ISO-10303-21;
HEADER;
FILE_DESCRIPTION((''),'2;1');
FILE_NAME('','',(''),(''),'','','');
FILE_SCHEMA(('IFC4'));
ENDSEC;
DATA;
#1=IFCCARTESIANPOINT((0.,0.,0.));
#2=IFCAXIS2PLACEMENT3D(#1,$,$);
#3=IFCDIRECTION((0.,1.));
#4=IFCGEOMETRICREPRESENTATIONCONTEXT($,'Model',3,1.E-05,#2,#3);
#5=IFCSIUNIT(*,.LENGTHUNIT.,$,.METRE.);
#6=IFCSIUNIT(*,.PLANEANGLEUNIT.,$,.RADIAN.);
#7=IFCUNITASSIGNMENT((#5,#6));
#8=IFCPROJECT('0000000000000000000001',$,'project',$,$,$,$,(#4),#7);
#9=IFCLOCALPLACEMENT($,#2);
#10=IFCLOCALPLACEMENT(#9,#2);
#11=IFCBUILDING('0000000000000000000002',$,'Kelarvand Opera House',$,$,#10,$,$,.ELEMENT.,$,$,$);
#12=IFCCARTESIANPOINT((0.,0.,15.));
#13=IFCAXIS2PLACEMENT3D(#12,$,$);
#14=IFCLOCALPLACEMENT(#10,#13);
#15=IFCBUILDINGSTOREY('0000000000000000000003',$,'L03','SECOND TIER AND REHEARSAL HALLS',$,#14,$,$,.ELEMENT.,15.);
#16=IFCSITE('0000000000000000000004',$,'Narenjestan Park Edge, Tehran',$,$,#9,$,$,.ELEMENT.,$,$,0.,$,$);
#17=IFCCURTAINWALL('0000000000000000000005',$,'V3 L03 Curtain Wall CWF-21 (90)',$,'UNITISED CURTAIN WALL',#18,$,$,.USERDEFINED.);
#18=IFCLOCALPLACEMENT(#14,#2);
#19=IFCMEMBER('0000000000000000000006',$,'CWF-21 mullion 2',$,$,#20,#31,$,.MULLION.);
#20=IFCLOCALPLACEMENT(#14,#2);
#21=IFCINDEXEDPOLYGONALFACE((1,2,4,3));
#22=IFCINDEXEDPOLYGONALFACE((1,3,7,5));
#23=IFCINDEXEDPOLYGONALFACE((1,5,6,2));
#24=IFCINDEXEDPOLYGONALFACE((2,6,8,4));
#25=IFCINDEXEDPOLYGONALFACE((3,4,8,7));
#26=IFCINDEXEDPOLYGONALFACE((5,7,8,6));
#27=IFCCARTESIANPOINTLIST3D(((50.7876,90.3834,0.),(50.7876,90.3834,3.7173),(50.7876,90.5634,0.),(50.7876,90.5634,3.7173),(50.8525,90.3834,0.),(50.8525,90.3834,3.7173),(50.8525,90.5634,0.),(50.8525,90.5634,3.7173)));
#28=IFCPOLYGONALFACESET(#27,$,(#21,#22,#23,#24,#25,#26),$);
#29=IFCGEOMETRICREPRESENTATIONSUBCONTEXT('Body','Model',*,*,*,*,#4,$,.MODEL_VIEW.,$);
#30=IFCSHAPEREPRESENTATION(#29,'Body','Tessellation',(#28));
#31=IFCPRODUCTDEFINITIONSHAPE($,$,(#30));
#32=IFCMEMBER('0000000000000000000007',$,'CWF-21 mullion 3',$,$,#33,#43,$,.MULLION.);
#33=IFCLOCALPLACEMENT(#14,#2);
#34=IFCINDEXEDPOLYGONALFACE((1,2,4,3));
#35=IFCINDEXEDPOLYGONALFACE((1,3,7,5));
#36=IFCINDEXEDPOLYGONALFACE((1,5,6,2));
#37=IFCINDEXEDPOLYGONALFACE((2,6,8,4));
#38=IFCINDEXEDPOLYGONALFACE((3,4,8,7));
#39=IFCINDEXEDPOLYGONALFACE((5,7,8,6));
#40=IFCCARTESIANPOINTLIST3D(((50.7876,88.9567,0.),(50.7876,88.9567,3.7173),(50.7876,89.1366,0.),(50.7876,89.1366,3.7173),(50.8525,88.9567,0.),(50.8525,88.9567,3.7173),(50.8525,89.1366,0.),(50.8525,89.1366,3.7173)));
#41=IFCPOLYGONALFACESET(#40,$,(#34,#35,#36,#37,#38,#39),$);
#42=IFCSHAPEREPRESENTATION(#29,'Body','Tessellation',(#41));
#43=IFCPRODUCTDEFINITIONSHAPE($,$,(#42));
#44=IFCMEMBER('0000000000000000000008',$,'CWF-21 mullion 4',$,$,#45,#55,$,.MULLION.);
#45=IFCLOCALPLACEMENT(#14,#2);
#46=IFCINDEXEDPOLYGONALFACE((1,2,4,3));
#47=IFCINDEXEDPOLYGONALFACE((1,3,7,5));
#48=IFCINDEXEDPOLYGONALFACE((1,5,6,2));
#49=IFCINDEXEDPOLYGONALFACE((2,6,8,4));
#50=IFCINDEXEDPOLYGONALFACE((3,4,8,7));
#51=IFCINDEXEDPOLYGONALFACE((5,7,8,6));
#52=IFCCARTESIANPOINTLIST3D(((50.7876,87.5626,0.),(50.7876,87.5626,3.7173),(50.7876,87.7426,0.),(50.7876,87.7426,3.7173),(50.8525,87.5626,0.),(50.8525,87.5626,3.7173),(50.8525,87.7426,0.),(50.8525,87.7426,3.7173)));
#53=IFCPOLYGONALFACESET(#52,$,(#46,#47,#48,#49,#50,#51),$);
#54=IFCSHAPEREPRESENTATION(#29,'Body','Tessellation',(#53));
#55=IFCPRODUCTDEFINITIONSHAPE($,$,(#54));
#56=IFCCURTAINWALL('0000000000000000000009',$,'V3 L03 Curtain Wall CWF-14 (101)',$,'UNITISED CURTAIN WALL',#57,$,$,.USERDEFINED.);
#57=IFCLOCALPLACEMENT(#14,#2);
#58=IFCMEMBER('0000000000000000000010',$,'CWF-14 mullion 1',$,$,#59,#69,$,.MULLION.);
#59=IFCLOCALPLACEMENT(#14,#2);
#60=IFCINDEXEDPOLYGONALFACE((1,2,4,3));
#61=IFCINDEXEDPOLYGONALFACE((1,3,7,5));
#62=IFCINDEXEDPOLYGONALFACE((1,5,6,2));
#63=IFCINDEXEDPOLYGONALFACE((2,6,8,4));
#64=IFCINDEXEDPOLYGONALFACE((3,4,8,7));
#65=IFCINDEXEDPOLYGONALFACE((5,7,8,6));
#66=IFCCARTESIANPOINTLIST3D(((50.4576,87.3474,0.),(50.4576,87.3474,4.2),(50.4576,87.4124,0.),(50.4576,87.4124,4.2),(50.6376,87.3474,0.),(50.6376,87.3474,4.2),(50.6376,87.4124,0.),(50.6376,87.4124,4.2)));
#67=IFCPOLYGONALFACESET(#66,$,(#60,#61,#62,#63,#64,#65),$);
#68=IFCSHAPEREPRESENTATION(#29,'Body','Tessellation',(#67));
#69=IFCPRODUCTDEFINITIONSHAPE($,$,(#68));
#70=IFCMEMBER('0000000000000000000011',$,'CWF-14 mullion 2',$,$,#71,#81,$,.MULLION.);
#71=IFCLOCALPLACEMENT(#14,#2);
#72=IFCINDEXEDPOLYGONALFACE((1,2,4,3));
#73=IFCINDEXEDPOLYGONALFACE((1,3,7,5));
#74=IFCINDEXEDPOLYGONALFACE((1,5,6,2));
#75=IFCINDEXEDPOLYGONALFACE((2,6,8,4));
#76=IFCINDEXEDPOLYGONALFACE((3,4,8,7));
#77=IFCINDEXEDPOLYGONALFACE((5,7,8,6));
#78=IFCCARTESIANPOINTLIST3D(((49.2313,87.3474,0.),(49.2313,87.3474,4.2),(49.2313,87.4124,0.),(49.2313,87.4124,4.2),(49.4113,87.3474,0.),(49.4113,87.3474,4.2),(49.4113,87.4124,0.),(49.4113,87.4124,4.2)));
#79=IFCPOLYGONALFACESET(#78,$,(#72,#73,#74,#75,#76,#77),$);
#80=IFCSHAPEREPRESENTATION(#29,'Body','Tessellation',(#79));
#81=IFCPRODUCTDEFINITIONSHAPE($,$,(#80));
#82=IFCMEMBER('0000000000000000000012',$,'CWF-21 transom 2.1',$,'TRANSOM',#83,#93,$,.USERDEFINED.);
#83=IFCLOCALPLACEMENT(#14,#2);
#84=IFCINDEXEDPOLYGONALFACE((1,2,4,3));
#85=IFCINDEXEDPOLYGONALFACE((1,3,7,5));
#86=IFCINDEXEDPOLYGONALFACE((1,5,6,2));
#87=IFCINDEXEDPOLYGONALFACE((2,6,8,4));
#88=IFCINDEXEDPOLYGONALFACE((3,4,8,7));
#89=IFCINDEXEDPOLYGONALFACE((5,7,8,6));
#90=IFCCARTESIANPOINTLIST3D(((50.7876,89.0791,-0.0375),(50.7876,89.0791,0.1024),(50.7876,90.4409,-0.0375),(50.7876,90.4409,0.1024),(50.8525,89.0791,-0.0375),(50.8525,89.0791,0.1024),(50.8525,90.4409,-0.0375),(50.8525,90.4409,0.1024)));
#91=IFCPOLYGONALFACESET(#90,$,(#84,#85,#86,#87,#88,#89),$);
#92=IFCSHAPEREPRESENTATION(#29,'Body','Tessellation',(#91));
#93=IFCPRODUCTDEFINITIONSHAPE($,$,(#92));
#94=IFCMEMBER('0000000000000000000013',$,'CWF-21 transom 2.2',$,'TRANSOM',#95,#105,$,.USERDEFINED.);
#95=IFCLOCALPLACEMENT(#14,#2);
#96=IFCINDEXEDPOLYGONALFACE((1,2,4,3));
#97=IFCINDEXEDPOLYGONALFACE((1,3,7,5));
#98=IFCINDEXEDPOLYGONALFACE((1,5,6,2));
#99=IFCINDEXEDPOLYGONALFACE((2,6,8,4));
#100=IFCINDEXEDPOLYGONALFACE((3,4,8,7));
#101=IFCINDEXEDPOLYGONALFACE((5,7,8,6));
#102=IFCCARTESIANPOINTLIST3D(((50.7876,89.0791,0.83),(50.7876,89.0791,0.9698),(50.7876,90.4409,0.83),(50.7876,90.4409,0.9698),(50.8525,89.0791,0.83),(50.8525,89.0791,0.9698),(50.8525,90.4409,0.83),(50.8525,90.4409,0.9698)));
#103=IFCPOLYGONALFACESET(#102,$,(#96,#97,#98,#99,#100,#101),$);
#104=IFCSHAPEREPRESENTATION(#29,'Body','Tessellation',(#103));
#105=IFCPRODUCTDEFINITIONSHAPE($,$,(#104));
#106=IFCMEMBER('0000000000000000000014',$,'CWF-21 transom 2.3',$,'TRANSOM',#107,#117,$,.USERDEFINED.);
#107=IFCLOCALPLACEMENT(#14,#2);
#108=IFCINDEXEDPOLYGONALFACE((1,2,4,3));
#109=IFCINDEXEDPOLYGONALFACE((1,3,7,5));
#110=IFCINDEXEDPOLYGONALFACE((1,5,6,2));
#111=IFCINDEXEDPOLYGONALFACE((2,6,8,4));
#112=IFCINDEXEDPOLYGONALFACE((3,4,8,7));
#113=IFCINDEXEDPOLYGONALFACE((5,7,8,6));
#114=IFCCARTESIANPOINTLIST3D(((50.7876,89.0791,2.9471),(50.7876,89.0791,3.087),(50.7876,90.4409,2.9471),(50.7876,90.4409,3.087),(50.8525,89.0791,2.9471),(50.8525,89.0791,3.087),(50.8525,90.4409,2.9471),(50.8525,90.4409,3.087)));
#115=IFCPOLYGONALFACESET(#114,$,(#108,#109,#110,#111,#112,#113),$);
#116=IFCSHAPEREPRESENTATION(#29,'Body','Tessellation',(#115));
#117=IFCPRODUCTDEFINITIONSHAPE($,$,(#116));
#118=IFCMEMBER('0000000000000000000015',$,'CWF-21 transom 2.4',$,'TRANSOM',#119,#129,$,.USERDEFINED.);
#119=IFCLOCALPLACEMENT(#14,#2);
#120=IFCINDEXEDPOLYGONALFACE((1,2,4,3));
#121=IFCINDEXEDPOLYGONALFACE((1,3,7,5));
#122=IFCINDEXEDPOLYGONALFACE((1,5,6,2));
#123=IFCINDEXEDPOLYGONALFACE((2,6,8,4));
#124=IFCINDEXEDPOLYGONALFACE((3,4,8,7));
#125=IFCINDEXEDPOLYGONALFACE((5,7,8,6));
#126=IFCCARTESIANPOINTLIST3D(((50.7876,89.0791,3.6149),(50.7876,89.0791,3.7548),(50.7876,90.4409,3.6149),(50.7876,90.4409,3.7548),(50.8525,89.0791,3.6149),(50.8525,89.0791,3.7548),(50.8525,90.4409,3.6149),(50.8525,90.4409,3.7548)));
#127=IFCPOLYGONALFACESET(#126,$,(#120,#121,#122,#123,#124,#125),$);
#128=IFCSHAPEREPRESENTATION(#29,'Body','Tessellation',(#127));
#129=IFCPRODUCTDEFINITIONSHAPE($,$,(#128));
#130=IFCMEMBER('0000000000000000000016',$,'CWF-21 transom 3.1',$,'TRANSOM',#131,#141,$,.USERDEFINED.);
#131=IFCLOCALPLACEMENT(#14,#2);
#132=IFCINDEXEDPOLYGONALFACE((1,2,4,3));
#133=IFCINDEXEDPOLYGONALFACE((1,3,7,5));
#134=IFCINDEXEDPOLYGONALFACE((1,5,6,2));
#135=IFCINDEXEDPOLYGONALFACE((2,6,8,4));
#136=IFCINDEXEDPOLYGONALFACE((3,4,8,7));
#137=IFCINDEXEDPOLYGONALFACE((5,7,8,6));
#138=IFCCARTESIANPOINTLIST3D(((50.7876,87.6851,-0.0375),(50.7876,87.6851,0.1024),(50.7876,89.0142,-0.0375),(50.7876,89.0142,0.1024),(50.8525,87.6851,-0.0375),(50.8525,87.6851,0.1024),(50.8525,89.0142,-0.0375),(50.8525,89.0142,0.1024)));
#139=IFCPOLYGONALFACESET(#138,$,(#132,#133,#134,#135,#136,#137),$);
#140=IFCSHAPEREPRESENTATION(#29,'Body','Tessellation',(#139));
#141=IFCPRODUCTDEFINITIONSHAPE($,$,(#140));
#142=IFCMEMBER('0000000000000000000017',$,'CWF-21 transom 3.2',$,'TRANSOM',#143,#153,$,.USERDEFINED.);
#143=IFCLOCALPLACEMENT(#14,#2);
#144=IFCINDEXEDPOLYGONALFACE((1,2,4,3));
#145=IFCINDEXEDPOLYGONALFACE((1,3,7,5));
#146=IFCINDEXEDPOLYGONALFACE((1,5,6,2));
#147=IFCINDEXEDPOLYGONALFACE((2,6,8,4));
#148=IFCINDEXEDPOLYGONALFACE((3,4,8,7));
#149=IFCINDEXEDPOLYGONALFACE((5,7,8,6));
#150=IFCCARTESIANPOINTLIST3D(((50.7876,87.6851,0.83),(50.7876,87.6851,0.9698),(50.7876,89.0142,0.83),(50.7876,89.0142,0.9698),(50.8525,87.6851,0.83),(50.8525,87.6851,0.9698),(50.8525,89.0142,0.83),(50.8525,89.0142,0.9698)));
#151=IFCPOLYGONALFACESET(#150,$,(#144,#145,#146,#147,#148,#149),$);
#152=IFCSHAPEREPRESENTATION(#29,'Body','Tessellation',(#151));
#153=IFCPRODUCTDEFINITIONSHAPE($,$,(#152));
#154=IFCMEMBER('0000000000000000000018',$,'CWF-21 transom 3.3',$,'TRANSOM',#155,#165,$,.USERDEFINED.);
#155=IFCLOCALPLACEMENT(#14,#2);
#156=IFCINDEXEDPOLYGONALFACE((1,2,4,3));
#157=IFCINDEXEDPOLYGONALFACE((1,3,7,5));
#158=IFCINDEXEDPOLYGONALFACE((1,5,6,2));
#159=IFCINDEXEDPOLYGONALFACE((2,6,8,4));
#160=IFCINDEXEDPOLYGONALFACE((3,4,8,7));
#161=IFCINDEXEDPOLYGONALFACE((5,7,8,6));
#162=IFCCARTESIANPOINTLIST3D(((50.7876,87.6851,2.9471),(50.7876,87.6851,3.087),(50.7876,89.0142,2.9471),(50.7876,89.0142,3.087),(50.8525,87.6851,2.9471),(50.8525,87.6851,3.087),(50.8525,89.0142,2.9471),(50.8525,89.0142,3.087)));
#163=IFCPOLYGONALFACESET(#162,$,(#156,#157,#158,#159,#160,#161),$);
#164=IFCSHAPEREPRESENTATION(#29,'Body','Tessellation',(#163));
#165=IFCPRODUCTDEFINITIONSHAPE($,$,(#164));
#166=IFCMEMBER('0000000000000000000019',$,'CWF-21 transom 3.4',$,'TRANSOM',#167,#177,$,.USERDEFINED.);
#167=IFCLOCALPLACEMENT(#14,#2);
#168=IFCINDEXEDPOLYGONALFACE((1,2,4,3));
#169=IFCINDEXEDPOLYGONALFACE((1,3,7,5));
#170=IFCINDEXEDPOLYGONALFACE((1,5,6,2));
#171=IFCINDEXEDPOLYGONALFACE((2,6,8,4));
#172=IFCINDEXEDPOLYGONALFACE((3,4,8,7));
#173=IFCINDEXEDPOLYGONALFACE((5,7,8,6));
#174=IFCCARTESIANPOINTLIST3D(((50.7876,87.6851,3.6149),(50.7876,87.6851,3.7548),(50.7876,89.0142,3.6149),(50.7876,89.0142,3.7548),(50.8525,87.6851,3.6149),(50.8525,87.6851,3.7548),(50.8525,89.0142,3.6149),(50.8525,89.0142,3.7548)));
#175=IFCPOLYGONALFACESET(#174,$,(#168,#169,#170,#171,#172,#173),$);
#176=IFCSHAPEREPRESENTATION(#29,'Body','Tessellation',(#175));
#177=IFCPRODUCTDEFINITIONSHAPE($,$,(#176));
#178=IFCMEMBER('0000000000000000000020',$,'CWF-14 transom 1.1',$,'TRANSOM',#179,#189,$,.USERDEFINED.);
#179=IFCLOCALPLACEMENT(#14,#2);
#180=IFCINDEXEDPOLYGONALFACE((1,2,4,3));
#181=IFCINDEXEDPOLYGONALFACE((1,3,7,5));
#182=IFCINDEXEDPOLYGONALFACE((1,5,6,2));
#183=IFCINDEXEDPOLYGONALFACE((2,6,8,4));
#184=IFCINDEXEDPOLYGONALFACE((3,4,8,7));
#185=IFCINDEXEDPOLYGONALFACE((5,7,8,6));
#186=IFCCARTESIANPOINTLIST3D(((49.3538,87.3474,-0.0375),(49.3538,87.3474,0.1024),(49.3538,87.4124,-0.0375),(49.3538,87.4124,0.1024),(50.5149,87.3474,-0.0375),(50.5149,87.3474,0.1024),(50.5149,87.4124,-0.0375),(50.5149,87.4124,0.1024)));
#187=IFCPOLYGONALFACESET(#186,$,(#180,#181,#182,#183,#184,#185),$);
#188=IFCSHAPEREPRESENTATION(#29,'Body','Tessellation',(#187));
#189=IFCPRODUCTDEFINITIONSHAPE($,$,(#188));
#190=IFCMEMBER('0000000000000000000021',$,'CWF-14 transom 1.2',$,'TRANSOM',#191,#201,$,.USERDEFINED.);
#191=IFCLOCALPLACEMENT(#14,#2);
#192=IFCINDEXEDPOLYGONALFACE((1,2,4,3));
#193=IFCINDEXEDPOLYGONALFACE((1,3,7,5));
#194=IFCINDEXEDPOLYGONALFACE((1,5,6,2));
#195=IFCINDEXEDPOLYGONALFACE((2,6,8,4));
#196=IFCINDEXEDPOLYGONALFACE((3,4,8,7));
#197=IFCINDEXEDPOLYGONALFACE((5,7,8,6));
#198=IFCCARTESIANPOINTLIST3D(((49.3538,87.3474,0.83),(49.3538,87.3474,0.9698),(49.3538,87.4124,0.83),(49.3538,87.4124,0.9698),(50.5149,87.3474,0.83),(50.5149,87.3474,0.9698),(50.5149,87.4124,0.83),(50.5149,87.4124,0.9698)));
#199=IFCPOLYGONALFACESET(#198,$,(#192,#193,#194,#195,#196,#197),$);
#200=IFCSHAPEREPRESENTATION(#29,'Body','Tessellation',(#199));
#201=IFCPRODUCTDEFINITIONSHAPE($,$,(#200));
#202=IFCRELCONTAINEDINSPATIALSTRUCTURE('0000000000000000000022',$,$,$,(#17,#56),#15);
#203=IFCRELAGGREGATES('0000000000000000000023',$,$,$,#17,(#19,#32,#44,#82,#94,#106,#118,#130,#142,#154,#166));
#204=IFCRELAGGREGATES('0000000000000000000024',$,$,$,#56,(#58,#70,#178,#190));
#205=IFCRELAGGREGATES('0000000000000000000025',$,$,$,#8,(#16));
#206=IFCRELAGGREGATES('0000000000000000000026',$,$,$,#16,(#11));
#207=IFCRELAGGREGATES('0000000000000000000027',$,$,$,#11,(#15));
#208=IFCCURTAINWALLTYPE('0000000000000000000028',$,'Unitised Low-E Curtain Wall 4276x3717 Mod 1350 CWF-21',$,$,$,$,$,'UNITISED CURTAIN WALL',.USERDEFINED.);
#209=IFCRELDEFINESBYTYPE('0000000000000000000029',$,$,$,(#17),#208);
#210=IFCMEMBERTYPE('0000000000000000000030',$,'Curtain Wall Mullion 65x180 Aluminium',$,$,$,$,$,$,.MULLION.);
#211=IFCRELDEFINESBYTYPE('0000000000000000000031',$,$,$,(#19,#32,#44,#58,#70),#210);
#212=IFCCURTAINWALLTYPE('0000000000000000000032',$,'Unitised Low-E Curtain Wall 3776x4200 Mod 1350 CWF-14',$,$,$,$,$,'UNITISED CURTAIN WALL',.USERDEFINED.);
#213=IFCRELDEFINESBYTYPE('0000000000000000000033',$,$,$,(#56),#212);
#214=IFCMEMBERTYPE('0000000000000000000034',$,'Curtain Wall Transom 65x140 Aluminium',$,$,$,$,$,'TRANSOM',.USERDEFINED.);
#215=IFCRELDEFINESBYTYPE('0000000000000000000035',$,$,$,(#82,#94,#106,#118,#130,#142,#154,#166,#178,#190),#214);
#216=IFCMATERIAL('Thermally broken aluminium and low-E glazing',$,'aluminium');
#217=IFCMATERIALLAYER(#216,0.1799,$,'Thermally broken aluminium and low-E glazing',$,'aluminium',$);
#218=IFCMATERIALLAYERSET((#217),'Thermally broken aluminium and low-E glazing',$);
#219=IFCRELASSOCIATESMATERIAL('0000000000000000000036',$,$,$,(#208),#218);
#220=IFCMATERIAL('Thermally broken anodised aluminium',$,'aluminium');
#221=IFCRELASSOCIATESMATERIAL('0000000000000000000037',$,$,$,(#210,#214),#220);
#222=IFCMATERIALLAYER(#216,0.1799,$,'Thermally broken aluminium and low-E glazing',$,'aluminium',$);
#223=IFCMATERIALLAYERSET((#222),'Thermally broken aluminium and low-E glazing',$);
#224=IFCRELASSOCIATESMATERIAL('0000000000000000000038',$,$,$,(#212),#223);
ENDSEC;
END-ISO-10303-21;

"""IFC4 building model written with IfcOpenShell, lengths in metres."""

from ifc_helpers import new_model, si_unit, direction, frame, origin, origin_2d, place, context, subcontext, project, spatial, rectangle, extrude, material, layer, layer_set, material_profile, profile_set, type_object, element, aggregate, save


model = new_model("IFC4")

# Units and contexts
model_context = context("Model", 3, precision=1e-05, world=origin(), true_north=direction((0.0, 1.0)))
body_context = subcontext(model_context, "Body", "Model", "MODEL_VIEW")
ifc_project = project(units=[si_unit("LENGTHUNIT", "METRE"), si_unit("PLANEANGLEUNIT", "RADIAN")], contexts=[model_context])

# Site, building, storey
site_placement = place(None, origin())
site = spatial("IfcSite", under=ifc_project, at=site_placement, Name="Narenjestan Park Edge, Tehran", CompositionType="ELEMENT", RefElevation=0.0)
building_placement = place(site_placement, origin())
building = spatial("IfcBuilding", under=site, at=building_placement, Name="Kelarvand Opera House", CompositionType="ELEMENT")
storey_placement = place(building_placement, frame((0.0, 0.0, 15.0)))
storey = spatial("IfcBuildingStorey", under=building, at=storey_placement, Name="L03", Description="SECOND TIER AND REHEARSAL HALLS", CompositionType="ELEMENT", Elevation=15.0)

# Curtain walls, members
ifc_material_1 = material(Name="Thermally broken aluminium and low-E glazing", Category="aluminium")
ifc_layer_1 = layer(ifc_material_1, 0.1799, Name="Thermally broken aluminium and low-E glazing", Category="aluminium")
ifc_layer_set_1 = layer_set([ifc_layer_1], Name="Thermally broken aluminium and low-E glazing")
curtain_wall_type_1 = type_object("IfcCurtainWallType", Name="Unitised Low-E Curtain Wall 4276x3717 Mod 1350 CWF-21", ElementType="UNITISED CURTAIN WALL", PredefinedType="USERDEFINED", material=ifc_layer_set_1)
curtain_wall_1_placement = place(storey_placement, origin())
curtain_wall_1 = element("IfcCurtainWall", 1, at=curtain_wall_1_placement, inside=storey, type_object=curtain_wall_type_1, Name="V3 L03 Curtain Wall CWF-21 (90)", ObjectType="UNITISED CURTAIN WALL", PredefinedType="USERDEFINED")
ifc_material_2 = material(Name="Thermally broken anodised aluminium", Category="aluminium")
ifc_material_profile_1 = material_profile(ifc_material_2, rectangle(XDim=0.0649, YDim=0.1799, at=origin_2d()), Name="ALU MULLION 65x180", Category="aluminium")
ifc_profile_set_1 = profile_set([ifc_material_profile_1], Name="Thermally broken anodised aluminium")
member_type_1 = type_object("IfcMemberType", Name="Curtain Wall Mullion 65x180 Aluminium", PredefinedType="MULLION", material=ifc_profile_set_1)
member_1_placement = place(storey_placement, frame((50.8201, 90.4734, 0.0), z_axis=(0.0, 0.0, 1.0), x_axis=(1.0, 0.0, 0.0)))
member_1 = element("IfcMember", 2, at=member_1_placement, type_object=member_type_1, Name="CWF-21 mullion 2", PredefinedType="MULLION", context=body_context, shape_type="SweptSolid", body=[
    extrude(rectangle(XDim=0.0649, YDim=0.1799, at=origin_2d()), origin(), (0.0, 0.0, 1.0), 3.7173),
])
member_2_placement = place(storey_placement, frame((50.8201, 89.0466, 0.0), z_axis=(0.0, 0.0, 1.0), x_axis=(1.0, 0.0, 0.0)))
member_2 = element("IfcMember", 3, at=member_2_placement, type_object=member_type_1, Name="CWF-21 mullion 3", PredefinedType="MULLION", context=body_context, shape_type="SweptSolid", body=[
    extrude(rectangle(XDim=0.0649, YDim=0.1799, at=origin_2d()), origin(), (0.0, 0.0, 1.0), 3.7173),
])
member_3_placement = place(storey_placement, frame((50.8201, 87.6526, 0.0), z_axis=(0.0, 0.0, 1.0), x_axis=(1.0, 0.0, 0.0)))
member_3 = element("IfcMember", 4, at=member_3_placement, type_object=member_type_1, Name="CWF-21 mullion 4", PredefinedType="MULLION", context=body_context, shape_type="SweptSolid", body=[
    extrude(rectangle(XDim=0.0649, YDim=0.1799, at=origin_2d()), origin(), (0.0, 0.0, 1.0), 3.7173),
])
ifc_layer_2 = layer(ifc_material_1, 0.1799, Name="Thermally broken aluminium and low-E glazing", Category="aluminium")
ifc_layer_set_2 = layer_set([ifc_layer_2], Name="Thermally broken aluminium and low-E glazing")
curtain_wall_type_2 = type_object("IfcCurtainWallType", Name="Unitised Low-E Curtain Wall 3776x4200 Mod 1350 CWF-14", ElementType="UNITISED CURTAIN WALL", PredefinedType="USERDEFINED", material=ifc_layer_set_2)
curtain_wall_2_placement = place(storey_placement, origin())
curtain_wall_2 = element("IfcCurtainWall", 5, at=curtain_wall_2_placement, inside=storey, type_object=curtain_wall_type_2, Name="V3 L03 Curtain Wall CWF-14 (101)", ObjectType="UNITISED CURTAIN WALL", PredefinedType="USERDEFINED")
member_4_placement = place(storey_placement, frame((50.5476, 87.3799, 0.0), z_axis=(0.0, 0.0, 1.0), x_axis=(0.0, -1.0, 0.0)))
member_4 = element("IfcMember", 6, at=member_4_placement, type_object=member_type_1, Name="CWF-14 mullion 1", PredefinedType="MULLION", context=body_context, shape_type="SweptSolid", body=[
    extrude(rectangle(XDim=0.0649, YDim=0.1799, at=origin_2d()), origin(), (0.0, 0.0, 1.0), 4.2),
])
member_5_placement = place(storey_placement, frame((49.3213, 87.3799, 0.0), z_axis=(0.0, 0.0, 1.0), x_axis=(0.0, -1.0, 0.0)))
member_5 = element("IfcMember", 7, at=member_5_placement, type_object=member_type_1, Name="CWF-14 mullion 2", PredefinedType="MULLION", context=body_context, shape_type="SweptSolid", body=[
    extrude(rectangle(XDim=0.0649, YDim=0.1799, at=origin_2d()), origin(), (0.0, 0.0, 1.0), 4.2),
])

# Members
ifc_material_profile_2 = material_profile(ifc_material_2, rectangle(XDim=0.0649, YDim=0.1399, at=origin_2d()), Name="ALU TRANSOM 65x140", Category="aluminium")
ifc_profile_set_2 = profile_set([ifc_material_profile_2], Name="Thermally broken anodised aluminium")
member_type_2 = type_object("IfcMemberType", Name="Curtain Wall Transom 65x140 Aluminium", ElementType="TRANSOM", PredefinedType="USERDEFINED", material=ifc_profile_set_2)
member_6_placement = place(storey_placement, frame((50.8201, 90.4409, 0.0325), z_axis=(0.0, -1.0, 0.0), x_axis=(1.0, 0.0, 0.0)))
member_6 = element("IfcMember", 8, at=member_6_placement, type_object=member_type_2, Name="CWF-21 transom 2.1", ObjectType="TRANSOM", PredefinedType="USERDEFINED", context=body_context, shape_type="SweptSolid", body=[
    extrude(rectangle(XDim=0.0649, YDim=0.1399, at=origin_2d()), origin(), (0.0, 0.0, 1.0), 1.3618),
])
member_7_placement = place(storey_placement, frame((50.8201, 90.4409, 0.8999), z_axis=(0.0, -1.0, 0.0), x_axis=(1.0, 0.0, 0.0)))
member_7 = element("IfcMember", 9, at=member_7_placement, type_object=member_type_2, Name="CWF-21 transom 2.2", ObjectType="TRANSOM", PredefinedType="USERDEFINED", context=body_context, shape_type="SweptSolid", body=[
    extrude(rectangle(XDim=0.0649, YDim=0.1399, at=origin_2d()), origin(), (0.0, 0.0, 1.0), 1.3618),
])
member_8_placement = place(storey_placement, frame((50.8201, 90.4409, 3.0171), z_axis=(0.0, -1.0, 0.0), x_axis=(1.0, 0.0, 0.0)))
member_8 = element("IfcMember", 10, at=member_8_placement, type_object=member_type_2, Name="CWF-21 transom 2.3", ObjectType="TRANSOM", PredefinedType="USERDEFINED", context=body_context, shape_type="SweptSolid", body=[
    extrude(rectangle(XDim=0.0649, YDim=0.1399, at=origin_2d()), origin(), (0.0, 0.0, 1.0), 1.3618),
])
member_9_placement = place(storey_placement, frame((50.8201, 90.4409, 3.6848), z_axis=(0.0, -1.0, 0.0), x_axis=(1.0, 0.0, 0.0)))
member_9 = element("IfcMember", 11, at=member_9_placement, type_object=member_type_2, Name="CWF-21 transom 2.4", ObjectType="TRANSOM", PredefinedType="USERDEFINED", context=body_context, shape_type="SweptSolid", body=[
    extrude(rectangle(XDim=0.0649, YDim=0.1399, at=origin_2d()), origin(), (0.0, 0.0, 1.0), 1.3618),
])
member_10_placement = place(storey_placement, frame((50.8201, 89.0142, 0.0325), z_axis=(0.0, -1.0, 0.0), x_axis=(1.0, 0.0, 0.0)))
member_10 = element("IfcMember", 12, at=member_10_placement, type_object=member_type_2, Name="CWF-21 transom 3.1", ObjectType="TRANSOM", PredefinedType="USERDEFINED", context=body_context, shape_type="SweptSolid", body=[
    extrude(rectangle(XDim=0.0649, YDim=0.1399, at=origin_2d()), origin(), (0.0, 0.0, 1.0), 1.3291),
])
member_11_placement = place(storey_placement, frame((50.8201, 89.0142, 0.8999), z_axis=(0.0, -1.0, 0.0), x_axis=(1.0, 0.0, 0.0)))
member_11 = element("IfcMember", 13, at=member_11_placement, type_object=member_type_2, Name="CWF-21 transom 3.2", ObjectType="TRANSOM", PredefinedType="USERDEFINED", context=body_context, shape_type="SweptSolid", body=[
    extrude(rectangle(XDim=0.0649, YDim=0.1399, at=origin_2d()), origin(), (0.0, 0.0, 1.0), 1.3291),
])
member_12_placement = place(storey_placement, frame((50.8201, 89.0142, 3.0171), z_axis=(0.0, -1.0, 0.0), x_axis=(1.0, 0.0, 0.0)))
member_12 = element("IfcMember", 14, at=member_12_placement, type_object=member_type_2, Name="CWF-21 transom 3.3", ObjectType="TRANSOM", PredefinedType="USERDEFINED", context=body_context, shape_type="SweptSolid", body=[
    extrude(rectangle(XDim=0.0649, YDim=0.1399, at=origin_2d()), origin(), (0.0, 0.0, 1.0), 1.3291),
])
member_13_placement = place(storey_placement, frame((50.8201, 89.0142, 3.6848), z_axis=(0.0, -1.0, 0.0), x_axis=(1.0, 0.0, 0.0)))
member_13 = element("IfcMember", 15, at=member_13_placement, type_object=member_type_2, Name="CWF-21 transom 3.4", ObjectType="TRANSOM", PredefinedType="USERDEFINED", context=body_context, shape_type="SweptSolid", body=[
    extrude(rectangle(XDim=0.0649, YDim=0.1399, at=origin_2d()), origin(), (0.0, 0.0, 1.0), 1.3291),
])
member_14_placement = place(storey_placement, frame((50.5149, 87.3799, 0.0325), z_axis=(-1.0, 0.0, 0.0), x_axis=(0.0, -1.0, 0.0)))
member_14 = element("IfcMember", 16, at=member_14_placement, type_object=member_type_2, Name="CWF-14 transom 1.1", ObjectType="TRANSOM", PredefinedType="USERDEFINED", context=body_context, shape_type="SweptSolid", body=[
    extrude(rectangle(XDim=0.0649, YDim=0.1399, at=origin_2d()), origin(), (0.0, 0.0, 1.0), 1.1611),
])
member_15_placement = place(storey_placement, frame((50.5149, 87.3799, 0.8999), z_axis=(-1.0, 0.0, 0.0), x_axis=(0.0, -1.0, 0.0)))
member_15 = element("IfcMember", 17, at=member_15_placement, type_object=member_type_2, Name="CWF-14 transom 1.2", ObjectType="TRANSOM", PredefinedType="USERDEFINED", context=body_context, shape_type="SweptSolid", body=[
    extrude(rectangle(XDim=0.0649, YDim=0.1399, at=origin_2d()), origin(), (0.0, 0.0, 1.0), 1.1611),
])

aggregate(curtain_wall_1, [member_1, member_2, member_3, member_6, member_7, member_8, member_9, member_10, member_11, member_12, member_13])
aggregate(curtain_wall_2, [member_4, member_5, member_14, member_15])

save(model, "model.ifc")
